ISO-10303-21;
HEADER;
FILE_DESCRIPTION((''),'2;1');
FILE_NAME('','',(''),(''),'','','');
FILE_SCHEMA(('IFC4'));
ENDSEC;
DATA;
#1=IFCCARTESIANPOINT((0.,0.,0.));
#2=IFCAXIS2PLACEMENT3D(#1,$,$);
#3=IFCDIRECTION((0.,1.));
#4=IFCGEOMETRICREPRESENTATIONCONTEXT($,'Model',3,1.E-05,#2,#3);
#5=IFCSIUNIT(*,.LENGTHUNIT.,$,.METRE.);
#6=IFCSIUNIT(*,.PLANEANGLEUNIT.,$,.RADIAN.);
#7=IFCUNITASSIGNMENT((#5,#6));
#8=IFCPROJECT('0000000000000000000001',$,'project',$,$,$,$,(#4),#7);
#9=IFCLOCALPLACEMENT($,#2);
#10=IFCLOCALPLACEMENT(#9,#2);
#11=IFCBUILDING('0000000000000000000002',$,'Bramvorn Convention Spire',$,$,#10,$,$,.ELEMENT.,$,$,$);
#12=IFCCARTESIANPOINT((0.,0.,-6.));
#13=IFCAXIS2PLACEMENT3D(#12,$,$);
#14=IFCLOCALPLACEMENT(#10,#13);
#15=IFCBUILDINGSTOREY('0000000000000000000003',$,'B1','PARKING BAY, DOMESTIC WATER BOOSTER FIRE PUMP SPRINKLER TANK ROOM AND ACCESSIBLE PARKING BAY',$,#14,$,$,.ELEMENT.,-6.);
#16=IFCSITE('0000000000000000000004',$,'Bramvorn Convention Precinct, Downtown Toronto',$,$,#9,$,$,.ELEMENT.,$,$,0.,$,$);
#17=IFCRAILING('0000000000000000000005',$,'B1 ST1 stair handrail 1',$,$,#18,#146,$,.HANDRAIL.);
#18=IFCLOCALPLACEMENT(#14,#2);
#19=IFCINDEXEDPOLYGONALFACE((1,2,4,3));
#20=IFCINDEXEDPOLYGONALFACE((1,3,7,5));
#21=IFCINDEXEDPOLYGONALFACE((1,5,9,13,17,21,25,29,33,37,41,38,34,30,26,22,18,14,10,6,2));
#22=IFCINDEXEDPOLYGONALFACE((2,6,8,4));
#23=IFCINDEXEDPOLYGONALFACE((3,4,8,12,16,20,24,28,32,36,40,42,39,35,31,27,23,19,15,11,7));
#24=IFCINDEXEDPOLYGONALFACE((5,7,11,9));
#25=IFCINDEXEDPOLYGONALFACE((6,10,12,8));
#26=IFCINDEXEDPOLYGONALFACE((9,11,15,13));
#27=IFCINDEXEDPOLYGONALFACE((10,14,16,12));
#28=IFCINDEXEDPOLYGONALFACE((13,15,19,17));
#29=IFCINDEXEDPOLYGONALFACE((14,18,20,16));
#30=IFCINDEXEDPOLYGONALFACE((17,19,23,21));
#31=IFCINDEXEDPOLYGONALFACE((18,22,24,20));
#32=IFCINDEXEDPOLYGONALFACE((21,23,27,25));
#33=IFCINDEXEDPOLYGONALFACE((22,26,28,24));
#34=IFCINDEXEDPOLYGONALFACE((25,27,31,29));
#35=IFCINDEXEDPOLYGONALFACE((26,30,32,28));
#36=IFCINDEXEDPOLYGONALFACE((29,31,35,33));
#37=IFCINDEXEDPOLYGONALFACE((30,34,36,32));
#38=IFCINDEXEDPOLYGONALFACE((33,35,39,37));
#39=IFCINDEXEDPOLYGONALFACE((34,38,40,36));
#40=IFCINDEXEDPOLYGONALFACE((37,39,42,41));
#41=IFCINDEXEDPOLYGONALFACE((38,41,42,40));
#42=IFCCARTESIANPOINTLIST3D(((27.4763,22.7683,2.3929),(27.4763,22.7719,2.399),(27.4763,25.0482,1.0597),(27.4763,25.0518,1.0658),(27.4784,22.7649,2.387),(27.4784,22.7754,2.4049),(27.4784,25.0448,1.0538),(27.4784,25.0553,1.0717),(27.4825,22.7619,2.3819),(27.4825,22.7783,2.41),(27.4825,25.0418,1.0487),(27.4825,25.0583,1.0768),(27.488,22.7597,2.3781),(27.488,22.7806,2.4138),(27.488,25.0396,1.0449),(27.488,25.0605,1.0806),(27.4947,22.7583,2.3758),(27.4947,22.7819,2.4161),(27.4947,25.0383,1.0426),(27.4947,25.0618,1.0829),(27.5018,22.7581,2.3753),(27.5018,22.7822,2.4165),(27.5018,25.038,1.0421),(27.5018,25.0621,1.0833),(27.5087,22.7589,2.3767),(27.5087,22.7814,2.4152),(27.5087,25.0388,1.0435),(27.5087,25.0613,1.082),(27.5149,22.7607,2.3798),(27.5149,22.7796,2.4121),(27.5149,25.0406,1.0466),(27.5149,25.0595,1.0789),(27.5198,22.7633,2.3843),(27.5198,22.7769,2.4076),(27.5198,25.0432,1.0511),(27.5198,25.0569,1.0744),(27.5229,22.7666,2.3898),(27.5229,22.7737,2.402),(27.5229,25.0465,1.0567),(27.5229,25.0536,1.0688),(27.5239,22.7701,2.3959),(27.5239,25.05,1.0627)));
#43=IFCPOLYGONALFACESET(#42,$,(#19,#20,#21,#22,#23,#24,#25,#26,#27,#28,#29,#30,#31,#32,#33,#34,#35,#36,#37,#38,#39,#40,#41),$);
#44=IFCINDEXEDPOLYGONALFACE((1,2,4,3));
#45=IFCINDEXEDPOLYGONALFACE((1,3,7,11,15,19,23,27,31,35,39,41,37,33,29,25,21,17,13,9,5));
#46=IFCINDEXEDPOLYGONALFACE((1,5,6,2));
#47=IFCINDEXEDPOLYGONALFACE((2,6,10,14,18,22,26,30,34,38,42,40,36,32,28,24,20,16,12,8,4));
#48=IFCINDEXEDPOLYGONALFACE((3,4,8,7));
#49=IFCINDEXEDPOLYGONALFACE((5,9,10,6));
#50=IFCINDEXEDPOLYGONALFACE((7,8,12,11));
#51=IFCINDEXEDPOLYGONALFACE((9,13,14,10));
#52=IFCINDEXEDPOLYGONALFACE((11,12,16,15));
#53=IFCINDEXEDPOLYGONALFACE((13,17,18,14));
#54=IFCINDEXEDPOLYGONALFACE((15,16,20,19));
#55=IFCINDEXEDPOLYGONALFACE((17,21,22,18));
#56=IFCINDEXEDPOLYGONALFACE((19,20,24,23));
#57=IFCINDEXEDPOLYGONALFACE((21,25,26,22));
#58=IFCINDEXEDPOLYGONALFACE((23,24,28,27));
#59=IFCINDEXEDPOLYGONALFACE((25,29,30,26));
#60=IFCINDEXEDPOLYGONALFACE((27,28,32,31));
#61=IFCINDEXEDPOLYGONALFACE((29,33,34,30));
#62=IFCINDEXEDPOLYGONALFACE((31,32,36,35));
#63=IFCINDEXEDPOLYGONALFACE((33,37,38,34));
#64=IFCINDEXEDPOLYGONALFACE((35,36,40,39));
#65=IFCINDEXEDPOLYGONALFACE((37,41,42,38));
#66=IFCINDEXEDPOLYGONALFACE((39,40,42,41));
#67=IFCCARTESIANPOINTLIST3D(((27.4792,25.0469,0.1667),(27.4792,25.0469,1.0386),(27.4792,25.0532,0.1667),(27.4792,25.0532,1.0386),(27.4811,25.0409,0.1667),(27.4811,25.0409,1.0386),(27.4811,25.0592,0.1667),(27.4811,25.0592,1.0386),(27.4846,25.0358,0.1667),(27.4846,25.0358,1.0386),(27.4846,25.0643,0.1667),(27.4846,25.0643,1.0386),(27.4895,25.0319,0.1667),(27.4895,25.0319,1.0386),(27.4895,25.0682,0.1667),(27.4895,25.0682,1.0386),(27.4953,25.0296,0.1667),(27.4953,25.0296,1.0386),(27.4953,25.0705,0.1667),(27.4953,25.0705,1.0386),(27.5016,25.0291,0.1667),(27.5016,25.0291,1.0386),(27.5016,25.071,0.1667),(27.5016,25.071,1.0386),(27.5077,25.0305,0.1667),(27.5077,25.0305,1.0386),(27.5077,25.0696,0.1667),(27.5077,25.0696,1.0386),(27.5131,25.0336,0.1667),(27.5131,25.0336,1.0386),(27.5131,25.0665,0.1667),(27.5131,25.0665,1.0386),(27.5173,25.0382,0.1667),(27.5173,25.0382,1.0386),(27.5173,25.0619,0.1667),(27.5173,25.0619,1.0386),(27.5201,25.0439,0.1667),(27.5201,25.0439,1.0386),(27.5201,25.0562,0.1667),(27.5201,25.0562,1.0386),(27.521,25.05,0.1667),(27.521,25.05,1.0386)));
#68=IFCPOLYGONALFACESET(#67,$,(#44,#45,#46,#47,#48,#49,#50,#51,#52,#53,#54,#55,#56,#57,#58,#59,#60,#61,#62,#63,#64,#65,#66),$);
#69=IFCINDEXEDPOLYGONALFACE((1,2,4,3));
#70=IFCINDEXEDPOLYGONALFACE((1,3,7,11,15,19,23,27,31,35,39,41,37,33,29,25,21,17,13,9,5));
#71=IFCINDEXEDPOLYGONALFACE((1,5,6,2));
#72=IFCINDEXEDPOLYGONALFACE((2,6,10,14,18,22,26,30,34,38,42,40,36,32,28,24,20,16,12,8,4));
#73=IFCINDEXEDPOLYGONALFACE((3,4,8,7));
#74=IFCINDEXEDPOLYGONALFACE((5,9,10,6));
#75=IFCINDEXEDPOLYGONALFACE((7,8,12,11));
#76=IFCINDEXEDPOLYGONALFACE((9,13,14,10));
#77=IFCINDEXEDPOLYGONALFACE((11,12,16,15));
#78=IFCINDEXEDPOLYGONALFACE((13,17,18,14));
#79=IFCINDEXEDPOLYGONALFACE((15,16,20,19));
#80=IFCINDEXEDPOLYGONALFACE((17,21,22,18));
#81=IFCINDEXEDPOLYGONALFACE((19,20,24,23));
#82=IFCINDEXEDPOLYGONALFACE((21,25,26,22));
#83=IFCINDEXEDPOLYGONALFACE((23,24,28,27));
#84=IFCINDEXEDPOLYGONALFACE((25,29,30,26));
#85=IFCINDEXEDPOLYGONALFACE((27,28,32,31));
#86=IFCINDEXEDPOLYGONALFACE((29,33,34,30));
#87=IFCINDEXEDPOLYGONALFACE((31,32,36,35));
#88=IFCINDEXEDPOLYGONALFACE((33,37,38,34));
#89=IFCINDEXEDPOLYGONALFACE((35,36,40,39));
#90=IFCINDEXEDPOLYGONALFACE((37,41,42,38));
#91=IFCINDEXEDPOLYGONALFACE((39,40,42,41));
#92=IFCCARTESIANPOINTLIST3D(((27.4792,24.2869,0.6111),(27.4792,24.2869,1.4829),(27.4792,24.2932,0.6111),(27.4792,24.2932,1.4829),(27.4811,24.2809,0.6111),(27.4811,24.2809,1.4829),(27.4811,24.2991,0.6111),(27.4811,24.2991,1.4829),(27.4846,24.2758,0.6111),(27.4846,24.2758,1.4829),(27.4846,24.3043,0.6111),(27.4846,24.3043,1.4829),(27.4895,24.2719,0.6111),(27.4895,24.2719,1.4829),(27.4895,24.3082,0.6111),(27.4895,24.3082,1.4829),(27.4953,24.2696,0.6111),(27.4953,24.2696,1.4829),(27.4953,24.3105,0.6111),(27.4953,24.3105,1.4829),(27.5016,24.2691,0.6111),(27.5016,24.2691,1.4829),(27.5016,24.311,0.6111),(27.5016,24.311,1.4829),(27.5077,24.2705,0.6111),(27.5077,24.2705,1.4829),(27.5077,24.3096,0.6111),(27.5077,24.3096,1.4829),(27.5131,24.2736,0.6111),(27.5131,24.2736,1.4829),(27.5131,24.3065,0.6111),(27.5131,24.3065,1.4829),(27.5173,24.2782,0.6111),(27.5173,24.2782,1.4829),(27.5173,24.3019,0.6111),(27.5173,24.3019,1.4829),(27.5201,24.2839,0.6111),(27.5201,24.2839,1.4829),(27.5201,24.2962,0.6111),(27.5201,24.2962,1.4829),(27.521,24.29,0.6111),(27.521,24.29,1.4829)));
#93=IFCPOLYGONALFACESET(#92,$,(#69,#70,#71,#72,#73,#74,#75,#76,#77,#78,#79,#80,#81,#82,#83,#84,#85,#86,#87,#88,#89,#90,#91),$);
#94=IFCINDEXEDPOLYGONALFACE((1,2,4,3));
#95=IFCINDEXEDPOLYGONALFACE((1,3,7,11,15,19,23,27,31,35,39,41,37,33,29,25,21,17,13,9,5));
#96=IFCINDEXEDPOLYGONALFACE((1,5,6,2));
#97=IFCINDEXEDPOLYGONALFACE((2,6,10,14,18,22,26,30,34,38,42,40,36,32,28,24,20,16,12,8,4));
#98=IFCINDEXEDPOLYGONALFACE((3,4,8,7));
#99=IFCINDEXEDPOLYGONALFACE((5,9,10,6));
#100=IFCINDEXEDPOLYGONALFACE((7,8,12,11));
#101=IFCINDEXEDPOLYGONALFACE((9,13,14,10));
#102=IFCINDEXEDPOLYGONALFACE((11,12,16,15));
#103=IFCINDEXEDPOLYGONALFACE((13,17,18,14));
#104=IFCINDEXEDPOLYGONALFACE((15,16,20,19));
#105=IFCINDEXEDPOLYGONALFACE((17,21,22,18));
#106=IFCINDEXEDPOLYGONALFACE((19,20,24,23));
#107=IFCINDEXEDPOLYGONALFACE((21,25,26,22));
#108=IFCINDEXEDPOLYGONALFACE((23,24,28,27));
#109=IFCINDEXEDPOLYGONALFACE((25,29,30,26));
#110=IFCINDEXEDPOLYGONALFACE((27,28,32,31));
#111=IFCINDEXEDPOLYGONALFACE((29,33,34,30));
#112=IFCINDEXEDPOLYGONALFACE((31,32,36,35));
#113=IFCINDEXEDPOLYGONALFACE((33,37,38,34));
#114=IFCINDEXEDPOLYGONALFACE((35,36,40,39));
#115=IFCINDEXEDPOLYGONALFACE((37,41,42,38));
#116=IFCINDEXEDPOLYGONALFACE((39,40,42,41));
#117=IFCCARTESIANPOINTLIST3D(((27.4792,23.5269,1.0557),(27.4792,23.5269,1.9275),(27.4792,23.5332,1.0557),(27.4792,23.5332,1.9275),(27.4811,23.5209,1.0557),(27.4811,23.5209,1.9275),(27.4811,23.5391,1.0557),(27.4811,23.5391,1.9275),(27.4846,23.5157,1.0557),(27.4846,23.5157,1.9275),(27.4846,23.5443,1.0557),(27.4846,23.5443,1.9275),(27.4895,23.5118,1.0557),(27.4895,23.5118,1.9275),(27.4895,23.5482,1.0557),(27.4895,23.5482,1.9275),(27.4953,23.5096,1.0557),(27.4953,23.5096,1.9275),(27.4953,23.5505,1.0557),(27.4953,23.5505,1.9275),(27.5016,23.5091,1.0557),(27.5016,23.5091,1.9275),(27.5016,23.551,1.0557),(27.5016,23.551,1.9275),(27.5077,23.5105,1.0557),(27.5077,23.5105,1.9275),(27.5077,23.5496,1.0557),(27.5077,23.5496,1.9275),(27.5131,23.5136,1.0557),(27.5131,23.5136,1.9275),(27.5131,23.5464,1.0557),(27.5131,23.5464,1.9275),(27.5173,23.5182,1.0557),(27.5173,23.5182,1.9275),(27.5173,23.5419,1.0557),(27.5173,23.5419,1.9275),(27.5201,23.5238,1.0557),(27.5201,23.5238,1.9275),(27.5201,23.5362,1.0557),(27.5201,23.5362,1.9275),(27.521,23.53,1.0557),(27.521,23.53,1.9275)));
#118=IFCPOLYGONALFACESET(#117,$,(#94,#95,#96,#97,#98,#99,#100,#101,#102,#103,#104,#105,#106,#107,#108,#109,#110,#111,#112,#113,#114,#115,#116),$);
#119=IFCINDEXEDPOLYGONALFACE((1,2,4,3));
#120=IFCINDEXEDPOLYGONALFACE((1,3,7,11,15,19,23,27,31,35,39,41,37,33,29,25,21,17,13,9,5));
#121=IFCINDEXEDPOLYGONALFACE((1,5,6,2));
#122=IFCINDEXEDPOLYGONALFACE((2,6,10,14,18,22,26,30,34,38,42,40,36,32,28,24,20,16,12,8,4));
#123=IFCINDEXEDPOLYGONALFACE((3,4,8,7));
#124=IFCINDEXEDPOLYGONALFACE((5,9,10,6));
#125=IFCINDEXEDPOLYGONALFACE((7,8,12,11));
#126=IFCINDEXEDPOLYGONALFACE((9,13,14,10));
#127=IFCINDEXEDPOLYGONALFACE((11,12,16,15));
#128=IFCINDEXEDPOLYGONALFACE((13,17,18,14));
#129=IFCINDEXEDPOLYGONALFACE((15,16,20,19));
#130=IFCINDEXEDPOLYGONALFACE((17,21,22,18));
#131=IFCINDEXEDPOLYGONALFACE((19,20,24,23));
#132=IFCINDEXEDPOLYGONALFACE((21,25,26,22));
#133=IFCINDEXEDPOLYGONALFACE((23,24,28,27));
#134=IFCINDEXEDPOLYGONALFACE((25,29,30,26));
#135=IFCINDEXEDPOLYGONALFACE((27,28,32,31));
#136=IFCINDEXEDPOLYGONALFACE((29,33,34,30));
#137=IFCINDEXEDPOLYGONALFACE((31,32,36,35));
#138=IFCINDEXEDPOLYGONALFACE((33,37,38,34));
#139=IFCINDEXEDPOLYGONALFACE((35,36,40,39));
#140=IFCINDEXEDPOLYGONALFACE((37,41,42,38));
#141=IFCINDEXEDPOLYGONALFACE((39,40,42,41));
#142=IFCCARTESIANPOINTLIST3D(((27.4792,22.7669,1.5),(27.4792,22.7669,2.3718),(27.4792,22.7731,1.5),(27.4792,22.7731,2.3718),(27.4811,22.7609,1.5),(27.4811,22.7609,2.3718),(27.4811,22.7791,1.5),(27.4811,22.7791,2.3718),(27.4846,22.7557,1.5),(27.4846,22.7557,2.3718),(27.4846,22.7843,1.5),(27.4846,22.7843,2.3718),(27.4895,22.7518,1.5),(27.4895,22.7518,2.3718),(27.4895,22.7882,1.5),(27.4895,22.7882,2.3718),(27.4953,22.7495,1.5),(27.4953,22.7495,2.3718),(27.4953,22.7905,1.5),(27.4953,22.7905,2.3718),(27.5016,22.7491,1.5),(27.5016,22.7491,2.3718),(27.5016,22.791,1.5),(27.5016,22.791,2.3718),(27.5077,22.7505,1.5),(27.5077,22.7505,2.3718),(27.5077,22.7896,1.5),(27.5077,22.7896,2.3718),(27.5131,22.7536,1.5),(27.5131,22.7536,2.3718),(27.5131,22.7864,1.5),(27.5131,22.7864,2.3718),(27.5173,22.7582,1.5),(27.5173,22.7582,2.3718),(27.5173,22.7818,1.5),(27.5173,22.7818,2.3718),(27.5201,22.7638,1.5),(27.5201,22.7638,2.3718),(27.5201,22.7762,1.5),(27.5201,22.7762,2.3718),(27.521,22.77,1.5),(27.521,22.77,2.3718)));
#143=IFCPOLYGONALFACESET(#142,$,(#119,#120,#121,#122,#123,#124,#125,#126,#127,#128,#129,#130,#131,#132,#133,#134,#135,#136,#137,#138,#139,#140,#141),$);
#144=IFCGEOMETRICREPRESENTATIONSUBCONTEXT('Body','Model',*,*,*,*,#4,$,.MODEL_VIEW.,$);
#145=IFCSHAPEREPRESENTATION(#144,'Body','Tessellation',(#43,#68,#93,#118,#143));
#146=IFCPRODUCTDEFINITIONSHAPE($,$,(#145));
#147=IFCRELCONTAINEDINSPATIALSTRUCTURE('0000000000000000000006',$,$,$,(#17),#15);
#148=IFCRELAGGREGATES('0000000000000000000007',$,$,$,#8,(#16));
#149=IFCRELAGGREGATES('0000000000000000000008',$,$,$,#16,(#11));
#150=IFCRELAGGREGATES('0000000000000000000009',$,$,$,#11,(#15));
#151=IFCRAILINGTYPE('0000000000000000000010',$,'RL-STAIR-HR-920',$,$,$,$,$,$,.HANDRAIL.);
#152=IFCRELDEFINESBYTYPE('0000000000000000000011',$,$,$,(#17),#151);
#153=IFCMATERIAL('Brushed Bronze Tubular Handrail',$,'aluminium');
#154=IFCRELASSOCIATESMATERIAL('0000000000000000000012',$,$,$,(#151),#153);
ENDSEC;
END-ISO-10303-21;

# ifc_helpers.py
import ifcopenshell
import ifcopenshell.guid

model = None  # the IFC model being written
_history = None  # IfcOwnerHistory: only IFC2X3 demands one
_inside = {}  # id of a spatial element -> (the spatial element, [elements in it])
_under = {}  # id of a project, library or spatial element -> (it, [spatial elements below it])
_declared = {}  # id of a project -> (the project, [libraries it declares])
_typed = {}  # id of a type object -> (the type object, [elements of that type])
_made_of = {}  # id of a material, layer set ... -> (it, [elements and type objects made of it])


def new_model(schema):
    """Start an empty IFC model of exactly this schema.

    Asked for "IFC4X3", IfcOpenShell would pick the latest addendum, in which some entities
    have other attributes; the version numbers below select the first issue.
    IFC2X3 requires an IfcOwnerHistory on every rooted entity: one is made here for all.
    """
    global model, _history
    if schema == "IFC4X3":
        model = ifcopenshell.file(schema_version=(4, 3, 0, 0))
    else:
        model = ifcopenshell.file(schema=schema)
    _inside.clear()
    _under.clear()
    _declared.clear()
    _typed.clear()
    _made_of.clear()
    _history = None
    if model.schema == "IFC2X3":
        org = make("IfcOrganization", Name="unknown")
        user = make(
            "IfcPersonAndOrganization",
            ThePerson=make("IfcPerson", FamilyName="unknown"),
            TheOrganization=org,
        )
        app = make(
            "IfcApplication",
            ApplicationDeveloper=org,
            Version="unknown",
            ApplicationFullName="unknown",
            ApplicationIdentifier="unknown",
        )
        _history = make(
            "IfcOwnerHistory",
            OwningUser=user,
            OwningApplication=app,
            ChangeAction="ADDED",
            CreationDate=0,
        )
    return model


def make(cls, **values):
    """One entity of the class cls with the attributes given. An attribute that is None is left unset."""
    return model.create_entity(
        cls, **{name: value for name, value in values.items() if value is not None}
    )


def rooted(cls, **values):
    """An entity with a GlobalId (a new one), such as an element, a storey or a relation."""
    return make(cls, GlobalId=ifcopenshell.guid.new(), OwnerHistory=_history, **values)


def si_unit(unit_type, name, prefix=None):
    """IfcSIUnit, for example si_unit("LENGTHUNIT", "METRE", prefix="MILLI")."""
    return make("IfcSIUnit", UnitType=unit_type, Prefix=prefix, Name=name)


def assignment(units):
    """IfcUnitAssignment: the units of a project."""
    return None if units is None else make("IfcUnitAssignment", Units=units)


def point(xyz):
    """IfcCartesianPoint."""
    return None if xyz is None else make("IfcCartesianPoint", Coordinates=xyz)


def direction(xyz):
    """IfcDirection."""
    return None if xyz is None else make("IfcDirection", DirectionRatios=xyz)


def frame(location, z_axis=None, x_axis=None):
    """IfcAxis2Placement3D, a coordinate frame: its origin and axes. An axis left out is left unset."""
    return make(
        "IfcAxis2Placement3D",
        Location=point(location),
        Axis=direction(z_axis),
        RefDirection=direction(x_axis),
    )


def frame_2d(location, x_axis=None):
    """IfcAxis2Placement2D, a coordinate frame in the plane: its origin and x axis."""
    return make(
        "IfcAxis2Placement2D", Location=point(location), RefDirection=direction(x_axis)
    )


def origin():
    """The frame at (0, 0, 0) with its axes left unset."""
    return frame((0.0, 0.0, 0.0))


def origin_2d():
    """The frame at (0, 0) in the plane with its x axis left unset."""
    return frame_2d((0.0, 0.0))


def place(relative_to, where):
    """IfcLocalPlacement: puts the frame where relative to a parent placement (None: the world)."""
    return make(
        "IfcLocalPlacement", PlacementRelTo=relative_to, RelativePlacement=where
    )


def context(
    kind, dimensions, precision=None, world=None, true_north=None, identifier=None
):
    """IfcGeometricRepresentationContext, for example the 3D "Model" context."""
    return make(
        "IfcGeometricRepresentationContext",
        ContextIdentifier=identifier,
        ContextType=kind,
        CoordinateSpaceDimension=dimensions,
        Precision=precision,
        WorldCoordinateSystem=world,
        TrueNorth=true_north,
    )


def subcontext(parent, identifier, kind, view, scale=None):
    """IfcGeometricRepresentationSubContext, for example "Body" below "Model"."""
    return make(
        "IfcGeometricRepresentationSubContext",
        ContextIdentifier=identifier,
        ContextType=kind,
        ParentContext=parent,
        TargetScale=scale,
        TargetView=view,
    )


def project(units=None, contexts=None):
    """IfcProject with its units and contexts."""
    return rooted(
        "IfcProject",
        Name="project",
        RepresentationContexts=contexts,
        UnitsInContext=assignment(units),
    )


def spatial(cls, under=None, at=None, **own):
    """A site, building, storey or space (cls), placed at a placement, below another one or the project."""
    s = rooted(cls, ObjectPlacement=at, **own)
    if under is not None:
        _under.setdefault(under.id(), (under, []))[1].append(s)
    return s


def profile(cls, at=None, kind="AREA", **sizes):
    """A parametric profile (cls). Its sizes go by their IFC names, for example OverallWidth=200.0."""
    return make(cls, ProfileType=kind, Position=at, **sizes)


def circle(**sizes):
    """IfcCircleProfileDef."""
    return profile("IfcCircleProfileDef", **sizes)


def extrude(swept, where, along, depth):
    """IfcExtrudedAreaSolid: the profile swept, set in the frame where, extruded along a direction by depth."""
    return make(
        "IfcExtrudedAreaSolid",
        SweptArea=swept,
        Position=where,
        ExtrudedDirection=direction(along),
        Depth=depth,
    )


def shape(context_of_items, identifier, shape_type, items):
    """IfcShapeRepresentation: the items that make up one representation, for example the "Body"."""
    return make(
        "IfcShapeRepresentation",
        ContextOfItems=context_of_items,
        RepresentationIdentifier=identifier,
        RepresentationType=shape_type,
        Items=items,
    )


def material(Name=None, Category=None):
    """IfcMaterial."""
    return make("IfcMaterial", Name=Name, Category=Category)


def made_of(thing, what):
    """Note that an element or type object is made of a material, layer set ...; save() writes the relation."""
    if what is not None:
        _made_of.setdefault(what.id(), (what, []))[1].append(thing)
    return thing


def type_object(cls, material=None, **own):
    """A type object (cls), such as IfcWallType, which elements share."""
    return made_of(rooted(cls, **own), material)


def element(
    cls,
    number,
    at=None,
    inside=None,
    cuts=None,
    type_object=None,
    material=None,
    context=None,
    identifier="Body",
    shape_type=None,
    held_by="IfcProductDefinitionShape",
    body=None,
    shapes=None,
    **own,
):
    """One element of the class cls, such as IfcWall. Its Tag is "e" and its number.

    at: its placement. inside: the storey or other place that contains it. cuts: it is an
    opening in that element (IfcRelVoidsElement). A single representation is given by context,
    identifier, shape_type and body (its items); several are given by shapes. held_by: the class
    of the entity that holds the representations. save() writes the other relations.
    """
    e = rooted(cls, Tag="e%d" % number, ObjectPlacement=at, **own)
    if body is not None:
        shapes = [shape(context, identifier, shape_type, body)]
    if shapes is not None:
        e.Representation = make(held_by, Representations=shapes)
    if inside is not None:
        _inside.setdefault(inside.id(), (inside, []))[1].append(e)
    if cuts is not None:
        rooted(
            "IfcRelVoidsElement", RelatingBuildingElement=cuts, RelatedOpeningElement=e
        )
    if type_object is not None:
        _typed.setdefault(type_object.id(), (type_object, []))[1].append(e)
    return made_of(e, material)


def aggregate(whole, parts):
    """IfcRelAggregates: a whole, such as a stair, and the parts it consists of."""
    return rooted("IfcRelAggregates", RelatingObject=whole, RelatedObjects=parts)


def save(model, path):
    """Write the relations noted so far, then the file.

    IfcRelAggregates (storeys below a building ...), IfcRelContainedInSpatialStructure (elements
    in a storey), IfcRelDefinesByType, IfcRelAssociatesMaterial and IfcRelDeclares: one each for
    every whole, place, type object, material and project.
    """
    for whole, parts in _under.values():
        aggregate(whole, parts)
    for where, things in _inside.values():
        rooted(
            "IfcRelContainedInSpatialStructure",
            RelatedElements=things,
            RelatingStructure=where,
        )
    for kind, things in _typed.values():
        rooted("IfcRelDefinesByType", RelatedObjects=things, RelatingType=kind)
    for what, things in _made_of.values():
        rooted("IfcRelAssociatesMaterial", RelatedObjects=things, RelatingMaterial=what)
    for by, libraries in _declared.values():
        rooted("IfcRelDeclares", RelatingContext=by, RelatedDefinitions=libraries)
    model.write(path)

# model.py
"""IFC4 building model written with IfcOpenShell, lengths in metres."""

from ifc_helpers import new_model, si_unit, direction, frame, origin, origin_2d, place, context, subcontext, project, spatial, circle, extrude, material, type_object, element, save


model = new_model("IFC4")

# Units and contexts
model_context = context("Model", 3, precision=1e-05, world=origin(), true_north=direction((0.0, 1.0)))
body_context = subcontext(model_context, "Body", "Model", "MODEL_VIEW")
ifc_project = project(units=[si_unit("LENGTHUNIT", "METRE"), si_unit("PLANEANGLEUNIT", "RADIAN")], contexts=[model_context])

# Site, building, storey
site_placement = place(None, origin())
site = spatial("IfcSite", under=ifc_project, at=site_placement, Name="Bramvorn Convention Precinct, Downtown Toronto", CompositionType="ELEMENT", RefElevation=0.0)
building_placement = place(site_placement, origin())
building = spatial("IfcBuilding", under=site, at=building_placement, Name="Bramvorn Convention Spire", CompositionType="ELEMENT")
storey_placement = place(building_placement, frame((0.0, 0.0, -6.0)))
storey = spatial("IfcBuildingStorey", under=building, at=storey_placement, Name="B1", Description="PARKING BAY, DOMESTIC WATER BOOSTER FIRE PUMP SPRINKLER TANK ROOM AND ACCESSIBLE PARKING BAY", CompositionType="ELEMENT", Elevation=-6.0)

# Railing
ifc_material_1 = material(Name="Brushed Bronze Tubular Handrail", Category="aluminium")
railing_type_1 = type_object("IfcRailingType", Name="RL-STAIR-HR-920", PredefinedType="HANDRAIL", material=ifc_material_1)
railing_1_placement = place(storey_placement, frame((27.5, 25.05, 0.1667)))
element("IfcRailing", 1, at=railing_1_placement, inside=storey, type_object=railing_type_1, Name="B1 ST1 stair handrail 1", PredefinedType="HANDRAIL", context=body_context, shape_type="SweptSolid", body=[
    extrude(circle(Radius=0.0239, at=origin_2d()), frame((0.0, 0.0, 0.896), z_axis=(0.0, -0.863245, 0.504785), x_axis=(1.0, 0.0, 0.0)), (0.0, 0.0, 1.0), 2.6411),
    extrude(circle(Radius=0.021, at=origin_2d()), origin(), (0.0, 0.0, 1.0), 0.8718),
    extrude(circle(Radius=0.021, at=origin_2d()), frame((0.0, -0.76, 0.4443)), (0.0, 0.0, 1.0), 0.8718),
    extrude(circle(Radius=0.021, at=origin_2d()), frame((0.0, -1.52, 0.8889)), (0.0, 0.0, 1.0), 0.8718),
    extrude(circle(Radius=0.021, at=origin_2d()), frame((0.0, -2.28, 1.3333)), (0.0, 0.0, 1.0), 0.8718),
])

save(model, "model.ifc")
